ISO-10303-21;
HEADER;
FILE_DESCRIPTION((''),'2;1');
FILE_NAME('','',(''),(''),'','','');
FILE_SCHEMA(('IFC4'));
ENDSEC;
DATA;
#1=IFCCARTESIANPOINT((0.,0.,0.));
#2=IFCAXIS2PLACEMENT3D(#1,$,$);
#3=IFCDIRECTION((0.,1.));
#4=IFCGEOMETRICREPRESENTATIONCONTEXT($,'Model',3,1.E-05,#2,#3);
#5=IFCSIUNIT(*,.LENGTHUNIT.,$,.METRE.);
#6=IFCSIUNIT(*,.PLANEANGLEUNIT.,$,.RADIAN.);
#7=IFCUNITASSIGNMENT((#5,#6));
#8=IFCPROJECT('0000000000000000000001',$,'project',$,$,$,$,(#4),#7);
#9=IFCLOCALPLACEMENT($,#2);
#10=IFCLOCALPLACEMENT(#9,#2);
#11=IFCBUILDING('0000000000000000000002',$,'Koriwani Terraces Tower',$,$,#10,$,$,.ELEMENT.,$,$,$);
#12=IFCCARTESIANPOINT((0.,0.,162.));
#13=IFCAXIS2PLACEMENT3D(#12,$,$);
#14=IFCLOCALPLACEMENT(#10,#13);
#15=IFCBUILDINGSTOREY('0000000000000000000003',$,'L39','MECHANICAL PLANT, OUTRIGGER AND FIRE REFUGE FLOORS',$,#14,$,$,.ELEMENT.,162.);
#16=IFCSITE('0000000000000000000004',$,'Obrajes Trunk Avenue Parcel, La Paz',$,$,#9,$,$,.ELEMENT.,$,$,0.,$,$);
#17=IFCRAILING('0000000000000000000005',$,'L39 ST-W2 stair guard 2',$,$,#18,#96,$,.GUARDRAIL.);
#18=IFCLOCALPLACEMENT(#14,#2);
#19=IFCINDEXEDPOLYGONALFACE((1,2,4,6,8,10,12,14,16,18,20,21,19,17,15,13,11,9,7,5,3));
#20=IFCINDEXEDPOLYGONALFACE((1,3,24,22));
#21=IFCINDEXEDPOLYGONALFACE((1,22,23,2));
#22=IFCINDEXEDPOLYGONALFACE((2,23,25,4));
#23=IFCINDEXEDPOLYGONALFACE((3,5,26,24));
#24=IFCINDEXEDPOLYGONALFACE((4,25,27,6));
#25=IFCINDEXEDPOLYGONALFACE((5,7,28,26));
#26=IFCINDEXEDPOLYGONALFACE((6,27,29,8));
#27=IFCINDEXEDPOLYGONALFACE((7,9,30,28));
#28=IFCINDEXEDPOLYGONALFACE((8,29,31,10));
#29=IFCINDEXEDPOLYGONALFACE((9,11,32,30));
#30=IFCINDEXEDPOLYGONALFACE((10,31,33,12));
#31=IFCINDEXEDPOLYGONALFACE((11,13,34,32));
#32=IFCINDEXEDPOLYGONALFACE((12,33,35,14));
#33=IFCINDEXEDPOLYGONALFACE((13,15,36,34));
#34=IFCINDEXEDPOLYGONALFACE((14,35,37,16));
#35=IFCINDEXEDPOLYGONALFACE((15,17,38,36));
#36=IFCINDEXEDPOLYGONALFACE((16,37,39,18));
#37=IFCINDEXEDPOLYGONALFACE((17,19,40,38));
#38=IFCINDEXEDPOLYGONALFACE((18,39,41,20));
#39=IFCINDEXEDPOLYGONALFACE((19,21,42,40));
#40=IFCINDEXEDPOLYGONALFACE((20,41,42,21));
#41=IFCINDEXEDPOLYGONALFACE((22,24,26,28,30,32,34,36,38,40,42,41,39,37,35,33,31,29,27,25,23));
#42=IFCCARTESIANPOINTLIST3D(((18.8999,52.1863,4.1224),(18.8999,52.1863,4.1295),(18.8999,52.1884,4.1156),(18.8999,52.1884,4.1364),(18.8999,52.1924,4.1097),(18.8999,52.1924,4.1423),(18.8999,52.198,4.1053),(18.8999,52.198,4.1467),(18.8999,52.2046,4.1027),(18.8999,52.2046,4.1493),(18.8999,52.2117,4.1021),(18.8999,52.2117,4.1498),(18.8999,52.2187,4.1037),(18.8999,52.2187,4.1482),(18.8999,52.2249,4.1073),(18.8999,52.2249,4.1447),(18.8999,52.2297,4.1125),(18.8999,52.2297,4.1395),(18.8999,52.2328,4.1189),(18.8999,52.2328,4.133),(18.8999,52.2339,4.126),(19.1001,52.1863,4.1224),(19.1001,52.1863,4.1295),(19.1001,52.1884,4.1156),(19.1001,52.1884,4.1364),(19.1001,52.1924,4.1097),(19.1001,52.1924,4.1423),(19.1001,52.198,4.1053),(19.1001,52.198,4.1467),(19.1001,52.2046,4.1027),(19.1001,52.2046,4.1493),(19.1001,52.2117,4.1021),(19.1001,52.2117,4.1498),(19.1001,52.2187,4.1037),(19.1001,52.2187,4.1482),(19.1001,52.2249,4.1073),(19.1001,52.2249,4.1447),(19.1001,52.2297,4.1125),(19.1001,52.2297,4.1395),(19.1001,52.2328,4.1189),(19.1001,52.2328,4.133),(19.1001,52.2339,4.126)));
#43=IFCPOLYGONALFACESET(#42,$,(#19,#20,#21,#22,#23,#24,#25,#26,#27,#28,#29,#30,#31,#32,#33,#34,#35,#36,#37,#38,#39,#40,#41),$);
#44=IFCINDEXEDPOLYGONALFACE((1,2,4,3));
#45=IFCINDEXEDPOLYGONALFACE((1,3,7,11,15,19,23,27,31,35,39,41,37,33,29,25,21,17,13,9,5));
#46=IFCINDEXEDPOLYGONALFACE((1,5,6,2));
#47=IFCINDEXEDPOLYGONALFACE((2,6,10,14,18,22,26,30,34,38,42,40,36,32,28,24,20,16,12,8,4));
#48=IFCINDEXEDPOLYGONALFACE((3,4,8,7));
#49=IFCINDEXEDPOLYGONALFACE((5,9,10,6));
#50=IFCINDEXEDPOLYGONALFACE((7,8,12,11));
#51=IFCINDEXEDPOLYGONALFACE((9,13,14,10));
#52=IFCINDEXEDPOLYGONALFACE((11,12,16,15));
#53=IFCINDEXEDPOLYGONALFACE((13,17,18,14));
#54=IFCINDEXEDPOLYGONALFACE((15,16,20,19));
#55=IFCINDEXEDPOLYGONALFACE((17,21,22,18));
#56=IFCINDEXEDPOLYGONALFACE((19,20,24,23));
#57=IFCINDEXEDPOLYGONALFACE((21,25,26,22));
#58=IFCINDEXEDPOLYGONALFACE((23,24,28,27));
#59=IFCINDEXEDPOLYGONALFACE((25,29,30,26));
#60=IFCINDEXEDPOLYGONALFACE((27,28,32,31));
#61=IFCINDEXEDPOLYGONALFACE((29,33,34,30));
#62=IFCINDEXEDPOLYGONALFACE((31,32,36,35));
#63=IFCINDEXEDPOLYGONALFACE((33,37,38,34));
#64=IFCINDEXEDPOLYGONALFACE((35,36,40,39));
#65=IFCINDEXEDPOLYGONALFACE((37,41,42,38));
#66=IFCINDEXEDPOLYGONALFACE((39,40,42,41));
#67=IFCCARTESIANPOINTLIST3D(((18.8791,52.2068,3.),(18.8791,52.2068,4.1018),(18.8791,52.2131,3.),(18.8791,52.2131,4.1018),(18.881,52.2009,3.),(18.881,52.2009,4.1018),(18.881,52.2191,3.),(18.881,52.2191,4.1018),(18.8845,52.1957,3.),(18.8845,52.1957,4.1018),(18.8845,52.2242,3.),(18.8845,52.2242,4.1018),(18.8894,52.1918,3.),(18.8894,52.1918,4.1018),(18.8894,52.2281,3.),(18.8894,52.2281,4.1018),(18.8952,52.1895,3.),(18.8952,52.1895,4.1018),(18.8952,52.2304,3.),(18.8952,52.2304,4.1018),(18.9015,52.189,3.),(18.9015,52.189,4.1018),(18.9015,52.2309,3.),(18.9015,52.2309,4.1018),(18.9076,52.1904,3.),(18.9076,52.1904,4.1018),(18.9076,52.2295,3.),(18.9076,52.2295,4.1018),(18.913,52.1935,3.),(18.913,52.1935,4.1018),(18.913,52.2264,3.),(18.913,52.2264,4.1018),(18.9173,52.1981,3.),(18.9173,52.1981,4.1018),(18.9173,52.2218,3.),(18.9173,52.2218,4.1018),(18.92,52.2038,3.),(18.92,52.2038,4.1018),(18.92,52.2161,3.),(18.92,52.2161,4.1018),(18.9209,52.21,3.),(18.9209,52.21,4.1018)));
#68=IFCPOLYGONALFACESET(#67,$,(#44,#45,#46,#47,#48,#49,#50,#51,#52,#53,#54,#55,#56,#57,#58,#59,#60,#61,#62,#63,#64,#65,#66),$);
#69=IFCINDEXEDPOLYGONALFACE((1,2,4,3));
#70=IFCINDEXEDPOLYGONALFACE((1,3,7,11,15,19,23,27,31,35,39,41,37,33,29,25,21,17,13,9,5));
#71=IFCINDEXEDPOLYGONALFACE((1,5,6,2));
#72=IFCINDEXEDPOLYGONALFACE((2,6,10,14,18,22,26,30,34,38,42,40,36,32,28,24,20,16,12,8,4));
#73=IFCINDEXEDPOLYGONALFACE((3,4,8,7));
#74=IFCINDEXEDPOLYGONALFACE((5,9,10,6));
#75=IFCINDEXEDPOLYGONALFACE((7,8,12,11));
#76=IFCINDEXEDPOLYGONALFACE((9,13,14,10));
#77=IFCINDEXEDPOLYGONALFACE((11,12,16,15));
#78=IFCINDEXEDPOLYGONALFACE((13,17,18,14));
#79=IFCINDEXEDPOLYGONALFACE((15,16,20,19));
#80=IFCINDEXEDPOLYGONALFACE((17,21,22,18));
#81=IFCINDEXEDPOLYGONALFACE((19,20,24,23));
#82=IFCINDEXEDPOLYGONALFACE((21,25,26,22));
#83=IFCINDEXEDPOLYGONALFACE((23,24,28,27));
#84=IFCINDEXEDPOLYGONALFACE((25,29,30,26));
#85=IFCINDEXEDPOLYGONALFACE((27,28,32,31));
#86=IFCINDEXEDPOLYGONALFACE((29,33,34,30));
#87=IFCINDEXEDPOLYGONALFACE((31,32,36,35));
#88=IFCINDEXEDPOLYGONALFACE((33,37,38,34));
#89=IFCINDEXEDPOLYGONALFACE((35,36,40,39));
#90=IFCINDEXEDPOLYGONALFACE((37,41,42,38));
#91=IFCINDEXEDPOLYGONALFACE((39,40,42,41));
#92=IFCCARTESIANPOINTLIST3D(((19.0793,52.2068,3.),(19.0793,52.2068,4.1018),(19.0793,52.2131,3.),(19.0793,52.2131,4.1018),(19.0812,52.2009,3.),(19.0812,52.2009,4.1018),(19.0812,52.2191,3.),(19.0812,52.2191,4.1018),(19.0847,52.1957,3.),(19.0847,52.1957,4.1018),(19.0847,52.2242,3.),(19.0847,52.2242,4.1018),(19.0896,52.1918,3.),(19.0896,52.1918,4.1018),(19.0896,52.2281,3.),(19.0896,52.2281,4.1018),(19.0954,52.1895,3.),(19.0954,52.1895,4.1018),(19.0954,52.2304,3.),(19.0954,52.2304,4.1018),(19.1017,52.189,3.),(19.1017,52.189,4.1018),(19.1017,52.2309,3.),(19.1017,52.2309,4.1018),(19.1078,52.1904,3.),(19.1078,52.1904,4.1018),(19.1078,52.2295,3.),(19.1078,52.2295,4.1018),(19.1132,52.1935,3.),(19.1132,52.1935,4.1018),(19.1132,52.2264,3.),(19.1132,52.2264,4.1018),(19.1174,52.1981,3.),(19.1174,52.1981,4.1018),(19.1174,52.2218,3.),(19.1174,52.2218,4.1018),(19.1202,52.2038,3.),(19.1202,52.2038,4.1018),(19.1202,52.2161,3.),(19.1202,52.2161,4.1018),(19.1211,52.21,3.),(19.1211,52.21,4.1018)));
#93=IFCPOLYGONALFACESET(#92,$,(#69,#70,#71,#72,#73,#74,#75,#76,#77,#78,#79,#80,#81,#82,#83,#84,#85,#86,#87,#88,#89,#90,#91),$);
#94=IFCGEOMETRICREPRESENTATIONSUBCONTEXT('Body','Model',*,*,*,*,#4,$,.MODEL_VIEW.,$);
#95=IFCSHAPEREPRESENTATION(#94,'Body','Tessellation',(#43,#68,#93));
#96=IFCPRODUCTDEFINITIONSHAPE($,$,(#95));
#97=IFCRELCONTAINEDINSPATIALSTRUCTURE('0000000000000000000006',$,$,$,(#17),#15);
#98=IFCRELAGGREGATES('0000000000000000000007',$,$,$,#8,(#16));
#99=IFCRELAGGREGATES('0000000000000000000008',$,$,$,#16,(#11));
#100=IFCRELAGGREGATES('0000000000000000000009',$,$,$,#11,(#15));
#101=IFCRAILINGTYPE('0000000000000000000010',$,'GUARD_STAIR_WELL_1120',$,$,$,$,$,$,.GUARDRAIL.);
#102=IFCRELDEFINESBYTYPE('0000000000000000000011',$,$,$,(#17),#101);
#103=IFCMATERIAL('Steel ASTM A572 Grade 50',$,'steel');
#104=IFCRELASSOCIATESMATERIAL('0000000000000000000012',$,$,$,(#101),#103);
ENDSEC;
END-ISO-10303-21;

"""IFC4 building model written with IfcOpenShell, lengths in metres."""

from ifc_helpers import new_model, si_unit, direction, frame, origin, origin_2d, place, context, subcontext, project, spatial, circle, extrude, material, type_object, element, save


model = new_model("IFC4")

# Units and contexts
model_context = context("Model", 3, precision=1e-05, world=origin(), true_north=direction((0.0, 1.0)))
body_context = subcontext(model_context, "Body", "Model", "MODEL_VIEW")
ifc_project = project(units=[si_unit("LENGTHUNIT", "METRE"), si_unit("PLANEANGLEUNIT", "RADIAN")], contexts=[model_context])

# Site, building, storey
site_placement = place(None, origin())
site = spatial("IfcSite", under=ifc_project, at=site_placement, Name="Obrajes Trunk Avenue Parcel, La Paz", CompositionType="ELEMENT", RefElevation=0.0)
building_placement = place(site_placement, origin())
building = spatial("IfcBuilding", under=site, at=building_placement, Name="Koriwani Terraces Tower", CompositionType="ELEMENT")
storey_placement = place(building_placement, frame((0.0, 0.0, 162.0)))
storey = spatial("IfcBuildingStorey", under=building, at=storey_placement, Name="L39", Description="MECHANICAL PLANT, OUTRIGGER AND FIRE REFUGE FLOORS", CompositionType="ELEMENT", Elevation=162.0)

# Shared definitions
ifc_material_1 = material(Name="Steel ASTM A572 Grade 50", Category="steel")

# Railing
railing_type_1 = type_object("IfcRailingType", Name="GUARD_STAIR_WELL_1120", PredefinedType="GUARDRAIL", material=ifc_material_1)
railing_1_placement = place(storey_placement, frame((18.8999, 52.21, 3.0)))
element("IfcRailing", 1, at=railing_1_placement, inside=storey, type_object=railing_type_1, Name="L39 ST-W2 stair guard 2", PredefinedType="GUARDRAIL", context=body_context, shape_type="SweptSolid", body=[
    extrude(circle(Radius=0.0239, at=origin_2d()), frame((0.0, 0.0, 1.126), z_axis=(1.0, 0.0, 0.0), x_axis=(0.0, 1.0, 0.0)), (0.0, 0.0, 1.0), 0.2002),
    extrude(circle(Radius=0.021, at=origin_2d()), origin(), (0.0, 0.0, 1.0), 1.1018),
    extrude(circle(Radius=0.021, at=origin_2d()), frame((0.2002, 0.0, 0.0)), (0.0, 0.0, 1.0), 1.1018),
])

save(model, "model.ifc")
